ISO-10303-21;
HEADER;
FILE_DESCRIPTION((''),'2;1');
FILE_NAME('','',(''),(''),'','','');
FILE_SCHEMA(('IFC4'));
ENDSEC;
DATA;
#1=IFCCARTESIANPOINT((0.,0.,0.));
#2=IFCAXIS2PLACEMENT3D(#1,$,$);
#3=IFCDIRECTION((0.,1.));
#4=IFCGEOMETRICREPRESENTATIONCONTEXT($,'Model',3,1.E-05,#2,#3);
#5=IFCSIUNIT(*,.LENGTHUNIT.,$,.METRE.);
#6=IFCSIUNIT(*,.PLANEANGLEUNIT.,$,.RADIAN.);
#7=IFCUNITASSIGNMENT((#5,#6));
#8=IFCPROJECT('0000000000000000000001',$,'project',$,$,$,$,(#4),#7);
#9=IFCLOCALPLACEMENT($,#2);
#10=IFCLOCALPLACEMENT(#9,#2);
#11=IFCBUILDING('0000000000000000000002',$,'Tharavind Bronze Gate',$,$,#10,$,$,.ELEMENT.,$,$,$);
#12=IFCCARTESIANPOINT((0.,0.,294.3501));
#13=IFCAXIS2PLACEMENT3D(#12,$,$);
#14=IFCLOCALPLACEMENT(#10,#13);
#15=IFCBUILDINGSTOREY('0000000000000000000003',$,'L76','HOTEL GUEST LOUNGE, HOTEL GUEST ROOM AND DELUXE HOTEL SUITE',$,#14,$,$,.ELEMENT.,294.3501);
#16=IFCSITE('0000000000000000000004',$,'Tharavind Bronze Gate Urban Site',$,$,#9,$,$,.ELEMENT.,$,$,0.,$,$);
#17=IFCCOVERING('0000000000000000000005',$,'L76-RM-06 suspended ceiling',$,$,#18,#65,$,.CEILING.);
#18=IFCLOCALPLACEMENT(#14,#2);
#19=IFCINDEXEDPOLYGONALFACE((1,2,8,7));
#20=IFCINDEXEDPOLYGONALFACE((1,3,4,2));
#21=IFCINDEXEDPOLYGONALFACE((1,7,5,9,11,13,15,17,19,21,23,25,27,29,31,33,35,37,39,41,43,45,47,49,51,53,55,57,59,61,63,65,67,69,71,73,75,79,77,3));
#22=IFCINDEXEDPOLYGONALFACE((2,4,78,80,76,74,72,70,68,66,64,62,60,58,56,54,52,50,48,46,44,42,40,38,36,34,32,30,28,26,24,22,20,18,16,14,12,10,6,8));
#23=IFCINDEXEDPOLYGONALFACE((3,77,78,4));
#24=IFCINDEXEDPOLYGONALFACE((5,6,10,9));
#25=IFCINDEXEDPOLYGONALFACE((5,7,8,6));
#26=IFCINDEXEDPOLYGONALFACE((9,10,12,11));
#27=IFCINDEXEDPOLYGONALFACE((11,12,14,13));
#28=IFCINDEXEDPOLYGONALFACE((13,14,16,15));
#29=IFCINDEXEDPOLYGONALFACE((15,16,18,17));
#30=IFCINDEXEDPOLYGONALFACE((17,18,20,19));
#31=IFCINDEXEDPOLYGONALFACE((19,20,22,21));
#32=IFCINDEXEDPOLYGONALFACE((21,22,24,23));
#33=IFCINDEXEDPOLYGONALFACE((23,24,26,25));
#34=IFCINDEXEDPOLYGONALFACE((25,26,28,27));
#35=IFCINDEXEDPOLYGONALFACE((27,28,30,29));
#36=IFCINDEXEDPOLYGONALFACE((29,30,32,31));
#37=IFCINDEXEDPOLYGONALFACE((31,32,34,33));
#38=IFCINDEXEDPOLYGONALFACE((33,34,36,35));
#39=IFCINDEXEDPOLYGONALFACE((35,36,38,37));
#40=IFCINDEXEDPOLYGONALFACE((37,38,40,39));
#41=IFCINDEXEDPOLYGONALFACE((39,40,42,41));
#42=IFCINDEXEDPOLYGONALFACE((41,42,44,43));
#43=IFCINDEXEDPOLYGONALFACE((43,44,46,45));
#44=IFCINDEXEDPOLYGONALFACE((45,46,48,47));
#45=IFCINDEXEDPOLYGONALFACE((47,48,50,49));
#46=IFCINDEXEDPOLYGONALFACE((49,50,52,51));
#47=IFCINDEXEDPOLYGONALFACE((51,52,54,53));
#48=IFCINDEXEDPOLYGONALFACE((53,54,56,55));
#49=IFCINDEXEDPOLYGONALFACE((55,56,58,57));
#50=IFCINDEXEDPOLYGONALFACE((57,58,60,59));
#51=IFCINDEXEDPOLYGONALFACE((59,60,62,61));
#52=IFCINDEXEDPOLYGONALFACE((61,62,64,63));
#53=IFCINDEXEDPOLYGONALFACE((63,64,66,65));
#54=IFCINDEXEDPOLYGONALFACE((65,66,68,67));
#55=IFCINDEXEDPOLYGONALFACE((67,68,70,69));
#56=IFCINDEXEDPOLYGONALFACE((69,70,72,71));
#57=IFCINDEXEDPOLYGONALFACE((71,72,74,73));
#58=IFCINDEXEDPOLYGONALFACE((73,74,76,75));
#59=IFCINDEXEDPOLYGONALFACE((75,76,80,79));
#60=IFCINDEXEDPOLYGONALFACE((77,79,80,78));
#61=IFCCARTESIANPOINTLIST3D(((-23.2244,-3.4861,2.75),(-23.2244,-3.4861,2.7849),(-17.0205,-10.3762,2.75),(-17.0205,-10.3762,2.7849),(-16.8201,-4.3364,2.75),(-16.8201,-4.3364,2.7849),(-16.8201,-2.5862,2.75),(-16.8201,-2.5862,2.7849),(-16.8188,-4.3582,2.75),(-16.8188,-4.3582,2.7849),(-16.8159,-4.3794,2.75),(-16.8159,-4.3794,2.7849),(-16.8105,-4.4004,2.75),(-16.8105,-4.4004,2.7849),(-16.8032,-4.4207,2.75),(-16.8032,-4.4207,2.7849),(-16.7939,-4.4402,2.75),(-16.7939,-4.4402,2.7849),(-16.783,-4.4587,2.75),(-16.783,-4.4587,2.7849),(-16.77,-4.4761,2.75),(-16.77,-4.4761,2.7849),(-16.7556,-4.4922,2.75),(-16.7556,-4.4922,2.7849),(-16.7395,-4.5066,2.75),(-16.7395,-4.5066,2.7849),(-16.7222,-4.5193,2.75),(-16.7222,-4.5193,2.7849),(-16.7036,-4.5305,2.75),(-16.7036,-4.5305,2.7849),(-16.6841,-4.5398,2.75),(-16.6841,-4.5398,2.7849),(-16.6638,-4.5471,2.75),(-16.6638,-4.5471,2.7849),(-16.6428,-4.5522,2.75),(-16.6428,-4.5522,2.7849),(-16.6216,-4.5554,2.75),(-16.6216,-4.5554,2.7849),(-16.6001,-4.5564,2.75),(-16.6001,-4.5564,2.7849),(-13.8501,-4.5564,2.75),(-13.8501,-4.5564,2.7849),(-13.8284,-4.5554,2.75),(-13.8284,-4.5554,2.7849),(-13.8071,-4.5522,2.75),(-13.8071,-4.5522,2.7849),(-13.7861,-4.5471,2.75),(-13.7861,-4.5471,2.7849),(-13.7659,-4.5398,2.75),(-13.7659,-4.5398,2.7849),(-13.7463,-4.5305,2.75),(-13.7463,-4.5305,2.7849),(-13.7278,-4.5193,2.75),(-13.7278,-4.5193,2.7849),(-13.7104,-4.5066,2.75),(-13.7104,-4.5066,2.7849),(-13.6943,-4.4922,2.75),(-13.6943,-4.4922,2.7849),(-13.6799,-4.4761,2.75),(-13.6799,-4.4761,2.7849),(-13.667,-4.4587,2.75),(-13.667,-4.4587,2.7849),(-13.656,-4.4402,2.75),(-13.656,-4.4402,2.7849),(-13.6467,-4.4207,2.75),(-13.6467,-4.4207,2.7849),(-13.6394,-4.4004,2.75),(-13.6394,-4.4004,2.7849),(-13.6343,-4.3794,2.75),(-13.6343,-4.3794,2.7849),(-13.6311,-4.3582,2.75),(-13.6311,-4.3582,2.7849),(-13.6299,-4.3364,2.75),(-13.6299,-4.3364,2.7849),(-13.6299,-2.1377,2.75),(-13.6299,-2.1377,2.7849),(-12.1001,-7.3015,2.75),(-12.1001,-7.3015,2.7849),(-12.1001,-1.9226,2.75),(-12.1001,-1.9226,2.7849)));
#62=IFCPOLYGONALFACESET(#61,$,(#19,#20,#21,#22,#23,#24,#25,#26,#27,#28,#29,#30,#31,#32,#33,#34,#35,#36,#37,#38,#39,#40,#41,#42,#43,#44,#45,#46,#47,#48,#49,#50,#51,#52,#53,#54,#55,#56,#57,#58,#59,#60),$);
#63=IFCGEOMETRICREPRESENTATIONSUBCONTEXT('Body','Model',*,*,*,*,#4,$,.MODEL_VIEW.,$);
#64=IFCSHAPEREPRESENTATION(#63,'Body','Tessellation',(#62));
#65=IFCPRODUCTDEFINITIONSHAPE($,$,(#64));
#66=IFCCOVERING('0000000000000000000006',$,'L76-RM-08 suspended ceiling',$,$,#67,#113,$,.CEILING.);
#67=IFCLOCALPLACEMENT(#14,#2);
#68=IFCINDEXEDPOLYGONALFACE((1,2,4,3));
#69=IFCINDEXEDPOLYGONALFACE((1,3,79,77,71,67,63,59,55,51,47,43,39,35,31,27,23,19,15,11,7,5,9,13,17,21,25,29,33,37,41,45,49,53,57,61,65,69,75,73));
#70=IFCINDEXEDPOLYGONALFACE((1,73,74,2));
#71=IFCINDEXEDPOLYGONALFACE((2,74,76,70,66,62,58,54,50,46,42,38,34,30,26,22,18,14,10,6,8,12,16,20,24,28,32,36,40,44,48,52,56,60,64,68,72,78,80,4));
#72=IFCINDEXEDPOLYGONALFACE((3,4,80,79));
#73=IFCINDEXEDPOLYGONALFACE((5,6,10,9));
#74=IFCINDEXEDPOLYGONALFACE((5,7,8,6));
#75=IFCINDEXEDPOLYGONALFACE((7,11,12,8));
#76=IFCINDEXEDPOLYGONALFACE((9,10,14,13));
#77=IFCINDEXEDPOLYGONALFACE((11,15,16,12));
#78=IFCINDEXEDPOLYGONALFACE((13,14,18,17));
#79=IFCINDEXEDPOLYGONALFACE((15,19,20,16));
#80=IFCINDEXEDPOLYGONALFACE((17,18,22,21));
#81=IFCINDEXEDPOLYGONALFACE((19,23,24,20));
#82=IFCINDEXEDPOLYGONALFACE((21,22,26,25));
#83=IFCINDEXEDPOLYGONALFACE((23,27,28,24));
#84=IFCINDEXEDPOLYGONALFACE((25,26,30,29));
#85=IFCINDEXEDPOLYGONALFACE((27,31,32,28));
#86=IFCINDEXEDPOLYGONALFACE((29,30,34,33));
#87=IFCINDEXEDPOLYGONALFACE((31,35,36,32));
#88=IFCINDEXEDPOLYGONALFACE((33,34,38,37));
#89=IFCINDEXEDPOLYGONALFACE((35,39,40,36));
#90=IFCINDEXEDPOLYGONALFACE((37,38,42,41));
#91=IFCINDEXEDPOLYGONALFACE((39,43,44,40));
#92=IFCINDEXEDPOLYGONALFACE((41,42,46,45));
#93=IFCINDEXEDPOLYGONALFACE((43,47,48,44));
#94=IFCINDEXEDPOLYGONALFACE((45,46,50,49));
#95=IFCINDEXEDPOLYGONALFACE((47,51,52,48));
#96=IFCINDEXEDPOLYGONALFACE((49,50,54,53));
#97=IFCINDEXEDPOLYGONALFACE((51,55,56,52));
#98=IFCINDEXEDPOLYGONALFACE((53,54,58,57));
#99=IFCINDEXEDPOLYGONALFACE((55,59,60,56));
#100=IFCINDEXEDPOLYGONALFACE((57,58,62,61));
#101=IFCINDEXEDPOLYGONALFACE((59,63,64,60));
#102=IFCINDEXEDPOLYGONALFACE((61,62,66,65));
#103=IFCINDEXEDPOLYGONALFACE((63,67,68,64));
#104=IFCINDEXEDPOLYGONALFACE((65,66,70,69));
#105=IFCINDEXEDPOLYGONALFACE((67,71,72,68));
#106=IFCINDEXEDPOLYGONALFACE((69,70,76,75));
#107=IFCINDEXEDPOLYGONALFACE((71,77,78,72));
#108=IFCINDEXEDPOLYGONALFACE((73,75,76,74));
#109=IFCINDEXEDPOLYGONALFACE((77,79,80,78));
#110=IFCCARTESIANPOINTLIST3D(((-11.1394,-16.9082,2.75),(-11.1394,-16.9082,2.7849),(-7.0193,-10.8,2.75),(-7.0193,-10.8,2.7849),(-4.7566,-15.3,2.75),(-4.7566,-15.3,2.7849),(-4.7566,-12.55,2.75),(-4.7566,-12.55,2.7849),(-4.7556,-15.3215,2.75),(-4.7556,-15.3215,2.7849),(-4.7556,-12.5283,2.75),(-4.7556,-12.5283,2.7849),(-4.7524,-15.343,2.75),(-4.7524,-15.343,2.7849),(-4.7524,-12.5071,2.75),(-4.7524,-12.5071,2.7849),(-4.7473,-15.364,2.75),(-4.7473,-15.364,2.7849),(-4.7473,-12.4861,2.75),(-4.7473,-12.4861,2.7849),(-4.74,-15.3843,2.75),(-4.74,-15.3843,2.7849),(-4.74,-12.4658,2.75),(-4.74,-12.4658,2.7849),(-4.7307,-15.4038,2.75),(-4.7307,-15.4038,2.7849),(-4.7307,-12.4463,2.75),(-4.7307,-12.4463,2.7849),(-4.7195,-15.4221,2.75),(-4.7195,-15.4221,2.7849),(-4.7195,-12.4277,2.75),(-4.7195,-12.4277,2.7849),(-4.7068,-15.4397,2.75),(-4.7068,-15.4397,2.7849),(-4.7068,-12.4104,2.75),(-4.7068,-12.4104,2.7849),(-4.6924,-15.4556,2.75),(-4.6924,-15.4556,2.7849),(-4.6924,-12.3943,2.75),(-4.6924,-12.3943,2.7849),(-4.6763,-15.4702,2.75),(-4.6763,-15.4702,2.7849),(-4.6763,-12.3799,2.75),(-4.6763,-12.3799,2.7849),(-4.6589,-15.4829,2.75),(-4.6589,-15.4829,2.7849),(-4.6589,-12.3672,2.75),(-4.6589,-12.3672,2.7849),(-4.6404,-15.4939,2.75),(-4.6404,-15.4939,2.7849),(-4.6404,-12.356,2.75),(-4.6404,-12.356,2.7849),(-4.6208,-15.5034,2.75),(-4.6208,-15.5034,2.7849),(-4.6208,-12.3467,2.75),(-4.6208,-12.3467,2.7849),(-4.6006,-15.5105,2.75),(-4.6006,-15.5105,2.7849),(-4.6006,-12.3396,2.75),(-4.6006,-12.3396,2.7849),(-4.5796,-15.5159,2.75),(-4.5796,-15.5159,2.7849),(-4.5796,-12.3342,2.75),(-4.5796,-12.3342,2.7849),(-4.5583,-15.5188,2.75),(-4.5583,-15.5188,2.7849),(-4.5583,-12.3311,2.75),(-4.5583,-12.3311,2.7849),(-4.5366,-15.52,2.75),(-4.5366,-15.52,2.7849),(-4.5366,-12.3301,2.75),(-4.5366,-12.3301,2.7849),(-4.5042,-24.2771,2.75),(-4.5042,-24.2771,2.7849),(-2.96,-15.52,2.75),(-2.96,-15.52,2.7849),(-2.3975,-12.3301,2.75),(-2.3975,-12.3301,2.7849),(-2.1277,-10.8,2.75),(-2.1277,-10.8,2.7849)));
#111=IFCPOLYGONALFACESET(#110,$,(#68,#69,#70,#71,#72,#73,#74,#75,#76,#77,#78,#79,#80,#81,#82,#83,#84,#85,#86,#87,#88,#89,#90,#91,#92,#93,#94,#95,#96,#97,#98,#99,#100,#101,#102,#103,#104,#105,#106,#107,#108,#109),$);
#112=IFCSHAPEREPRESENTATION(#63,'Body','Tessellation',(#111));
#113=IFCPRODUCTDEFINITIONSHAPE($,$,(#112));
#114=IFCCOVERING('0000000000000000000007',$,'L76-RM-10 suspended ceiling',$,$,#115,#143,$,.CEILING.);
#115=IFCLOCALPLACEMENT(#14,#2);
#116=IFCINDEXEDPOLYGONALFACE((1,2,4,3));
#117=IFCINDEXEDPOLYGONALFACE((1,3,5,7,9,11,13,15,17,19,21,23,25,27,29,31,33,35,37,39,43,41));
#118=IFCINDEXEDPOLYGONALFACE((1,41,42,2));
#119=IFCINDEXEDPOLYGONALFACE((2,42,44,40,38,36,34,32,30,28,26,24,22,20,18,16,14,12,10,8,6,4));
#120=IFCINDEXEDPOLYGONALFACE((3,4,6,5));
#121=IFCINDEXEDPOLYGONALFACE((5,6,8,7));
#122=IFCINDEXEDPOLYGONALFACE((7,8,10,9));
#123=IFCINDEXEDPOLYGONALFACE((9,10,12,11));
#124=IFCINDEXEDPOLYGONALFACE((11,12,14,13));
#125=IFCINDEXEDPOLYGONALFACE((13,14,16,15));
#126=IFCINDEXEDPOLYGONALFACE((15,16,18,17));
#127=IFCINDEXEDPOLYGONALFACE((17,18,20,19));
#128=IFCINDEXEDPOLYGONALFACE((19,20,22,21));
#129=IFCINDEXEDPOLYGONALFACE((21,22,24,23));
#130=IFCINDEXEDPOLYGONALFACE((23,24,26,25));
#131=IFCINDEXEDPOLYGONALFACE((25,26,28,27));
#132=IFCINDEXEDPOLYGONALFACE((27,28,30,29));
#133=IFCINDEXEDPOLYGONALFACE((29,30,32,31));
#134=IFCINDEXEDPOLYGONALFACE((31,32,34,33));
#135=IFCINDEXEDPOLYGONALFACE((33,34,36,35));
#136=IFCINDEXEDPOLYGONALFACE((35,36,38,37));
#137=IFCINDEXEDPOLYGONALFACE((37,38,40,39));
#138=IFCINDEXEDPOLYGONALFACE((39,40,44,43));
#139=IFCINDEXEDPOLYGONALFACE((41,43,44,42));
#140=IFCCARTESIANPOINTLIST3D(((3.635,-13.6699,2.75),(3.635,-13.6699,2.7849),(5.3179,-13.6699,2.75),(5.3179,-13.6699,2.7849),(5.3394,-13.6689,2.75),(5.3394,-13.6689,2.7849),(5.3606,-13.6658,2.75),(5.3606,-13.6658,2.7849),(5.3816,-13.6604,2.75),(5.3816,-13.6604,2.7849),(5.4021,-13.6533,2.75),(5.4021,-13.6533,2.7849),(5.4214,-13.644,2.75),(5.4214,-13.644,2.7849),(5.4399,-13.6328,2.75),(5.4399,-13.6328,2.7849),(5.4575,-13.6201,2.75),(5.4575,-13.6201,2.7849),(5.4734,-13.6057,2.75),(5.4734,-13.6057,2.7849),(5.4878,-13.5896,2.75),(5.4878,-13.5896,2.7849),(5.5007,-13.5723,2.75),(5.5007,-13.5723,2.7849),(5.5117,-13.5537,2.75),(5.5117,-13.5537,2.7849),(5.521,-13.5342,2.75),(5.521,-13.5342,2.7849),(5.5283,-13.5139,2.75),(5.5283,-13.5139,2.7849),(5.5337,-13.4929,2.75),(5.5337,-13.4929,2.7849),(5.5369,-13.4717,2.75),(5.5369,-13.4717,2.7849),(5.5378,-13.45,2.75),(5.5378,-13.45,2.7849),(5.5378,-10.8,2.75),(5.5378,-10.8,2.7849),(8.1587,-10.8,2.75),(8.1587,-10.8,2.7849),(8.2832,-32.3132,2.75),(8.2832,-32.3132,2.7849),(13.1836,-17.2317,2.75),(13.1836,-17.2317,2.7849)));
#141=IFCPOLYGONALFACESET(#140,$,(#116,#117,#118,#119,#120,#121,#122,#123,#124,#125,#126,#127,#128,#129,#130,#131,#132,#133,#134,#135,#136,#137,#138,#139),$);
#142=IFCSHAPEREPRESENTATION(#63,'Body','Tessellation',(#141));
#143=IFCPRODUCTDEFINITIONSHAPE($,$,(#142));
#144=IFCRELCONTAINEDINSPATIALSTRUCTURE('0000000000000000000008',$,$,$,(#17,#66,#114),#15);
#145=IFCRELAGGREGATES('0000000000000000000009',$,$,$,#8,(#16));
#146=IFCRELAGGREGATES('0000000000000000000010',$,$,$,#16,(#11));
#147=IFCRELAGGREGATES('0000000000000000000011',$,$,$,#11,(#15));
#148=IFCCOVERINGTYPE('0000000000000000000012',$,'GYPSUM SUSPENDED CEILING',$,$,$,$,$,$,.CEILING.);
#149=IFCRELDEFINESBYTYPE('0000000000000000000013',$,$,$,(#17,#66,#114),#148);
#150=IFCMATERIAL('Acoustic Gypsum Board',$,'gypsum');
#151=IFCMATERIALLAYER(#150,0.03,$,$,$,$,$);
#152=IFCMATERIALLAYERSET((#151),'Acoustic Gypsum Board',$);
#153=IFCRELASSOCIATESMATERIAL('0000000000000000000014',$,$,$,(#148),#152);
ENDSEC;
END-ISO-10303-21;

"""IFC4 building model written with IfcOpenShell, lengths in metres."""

from ifc_helpers import new_model, si_unit, direction, frame, origin, place, context, subcontext, project, spatial, polyline, outline, extrude, material, layer, layer_set, type_object, element, save


model = new_model("IFC4")

# Units and contexts
model_context = context("Model", 3, precision=1e-05, world=origin(), true_north=direction((0.0, 1.0)))
body_context = subcontext(model_context, "Body", "Model", "MODEL_VIEW")
ifc_project = project(units=[si_unit("LENGTHUNIT", "METRE"), si_unit("PLANEANGLEUNIT", "RADIAN")], contexts=[model_context])

# Site, building, storey
site_placement = place(None, origin())
site = spatial("IfcSite", under=ifc_project, at=site_placement, Name="Tharavind Bronze Gate Urban Site", CompositionType="ELEMENT", RefElevation=0.0)
building_placement = place(site_placement, origin())
building = spatial("IfcBuilding", under=site, at=building_placement, Name="Tharavind Bronze Gate", CompositionType="ELEMENT")
storey_placement = place(building_placement, frame((0.0, 0.0, 294.3501)))
storey = spatial("IfcBuildingStorey", under=building, at=storey_placement, Name="L76", Description="HOTEL GUEST LOUNGE, HOTEL GUEST ROOM AND DELUXE HOTEL SUITE", CompositionType="ELEMENT", Elevation=294.3501)

# Coverings
ifc_material_1 = material(Name="Acoustic Gypsum Board", Category="gypsum")
ifc_layer_1 = layer(ifc_material_1, 0.03)
ifc_layer_set_1 = layer_set([ifc_layer_1], Name="Acoustic Gypsum Board")
covering_type_1 = type_object("IfcCoveringType", Name="GYPSUM SUSPENDED CEILING", PredefinedType="CEILING", material=ifc_layer_set_1)
covering_1_placement = place(storey_placement, frame((0.0, 0.0, 2.75)))
element("IfcCovering", 1, at=covering_1_placement, inside=storey, type_object=covering_type_1, Name="L76-RM-06 suspended ceiling", PredefinedType="CEILING", context=body_context, shape_type="SweptSolid", body=[
    extrude(outline(polyline([(-17.0205, -10.3762), (-12.1001, -7.3015), (-12.1001, -1.9226), (-13.6299, -2.1377), (-13.6299, -4.3364), (-13.6311, -4.3582), (-13.6343, -4.3794), (-13.6394, -4.4004), (-13.6467, -4.4207), (-13.656, -4.4402), (-13.667, -4.4587), (-13.6799, -4.4761), (-13.6943, -4.4922), (-13.7104, -4.5066), (-13.7278, -4.5193), (-13.7463, -4.5305), (-13.7659, -4.5398), (-13.7861, -4.5471), (-13.8071, -4.5522), (-13.8284, -4.5554), (-13.8501, -4.5564), (-16.6001, -4.5564), (-16.6216, -4.5554), (-16.6428, -4.5522), (-16.6638, -4.5471), (-16.6841, -4.5398), (-16.7036, -4.5305), (-16.7222, -4.5193), (-16.7395, -4.5066), (-16.7556, -4.4922), (-16.77, -4.4761), (-16.783, -4.4587), (-16.7939, -4.4402), (-16.8032, -4.4207), (-16.8105, -4.4004), (-16.8159, -4.3794), (-16.8188, -4.3582), (-16.8201, -4.3364), (-16.8201, -2.5862), (-23.2244, -3.4861), (-17.0205, -10.3762)])), origin(), (0.0, 0.0, 1.0), 0.0349),
])
covering_2_placement = place(storey_placement, frame((0.0, 0.0, 2.75)))
element("IfcCovering", 2, at=covering_2_placement, inside=storey, type_object=covering_type_1, Name="L76-RM-08 suspended ceiling", PredefinedType="CEILING", context=body_context, shape_type="SweptSolid", body=[
    extrude(outline(polyline([(-4.5042, -24.2771), (-2.96, -15.52), (-4.5366, -15.52), (-4.5583, -15.5188), (-4.5796, -15.5159), (-4.6006, -15.5105), (-4.6208, -15.5034), (-4.6404, -15.4939), (-4.6589, -15.4829), (-4.6763, -15.4702), (-4.6924, -15.4556), (-4.7068, -15.4397), (-4.7195, -15.4221), (-4.7307, -15.4038), (-4.74, -15.3843), (-4.7473, -15.364), (-4.7524, -15.343), (-4.7556, -15.3215), (-4.7566, -15.3), (-4.7566, -12.55), (-4.7556, -12.5283), (-4.7524, -12.5071), (-4.7473, -12.4861), (-4.74, -12.4658), (-4.7307, -12.4463), (-4.7195, -12.4277), (-4.7068, -12.4104), (-4.6924, -12.3943), (-4.6763, -12.3799), (-4.6589, -12.3672), (-4.6404, -12.356), (-4.6208, -12.3467), (-4.6006, -12.3396), (-4.5796, -12.3342), (-4.5583, -12.3311), (-4.5366, -12.3301), (-2.3975, -12.3301), (-2.1277, -10.8), (-7.0193, -10.8), (-11.1394, -16.9082), (-4.5042, -24.2771)])), origin(), (0.0, 0.0, 1.0), 0.0349),
])
covering_3_placement = place(storey_placement, frame((0.0, 0.0, 2.75)))
element("IfcCovering", 3, at=covering_3_placement, inside=storey, type_object=covering_type_1, Name="L76-RM-10 suspended ceiling", PredefinedType="CEILING", context=body_context, shape_type="SweptSolid", body=[
    extrude(outline(polyline([(5.5378, -13.45), (5.5369, -13.4717), (5.5337, -13.4929), (5.5283, -13.5139), (5.521, -13.5342), (5.5117, -13.5537), (5.5007, -13.5723), (5.4878, -13.5896), (5.4734, -13.6057), (5.4575, -13.6201), (5.4399, -13.6328), (5.4214, -13.644), (5.4021, -13.6533), (5.3816, -13.6604), (5.3606, -13.6658), (5.3394, -13.6689), (5.3179, -13.6699), (3.635, -13.6699), (8.2832, -32.3132), (13.1836, -17.2317), (8.1587, -10.8), (5.5378, -10.8), (5.5378, -13.45)])), origin(), (0.0, 0.0, 1.0), 0.0349),
])

save(model, "model.ifc")
